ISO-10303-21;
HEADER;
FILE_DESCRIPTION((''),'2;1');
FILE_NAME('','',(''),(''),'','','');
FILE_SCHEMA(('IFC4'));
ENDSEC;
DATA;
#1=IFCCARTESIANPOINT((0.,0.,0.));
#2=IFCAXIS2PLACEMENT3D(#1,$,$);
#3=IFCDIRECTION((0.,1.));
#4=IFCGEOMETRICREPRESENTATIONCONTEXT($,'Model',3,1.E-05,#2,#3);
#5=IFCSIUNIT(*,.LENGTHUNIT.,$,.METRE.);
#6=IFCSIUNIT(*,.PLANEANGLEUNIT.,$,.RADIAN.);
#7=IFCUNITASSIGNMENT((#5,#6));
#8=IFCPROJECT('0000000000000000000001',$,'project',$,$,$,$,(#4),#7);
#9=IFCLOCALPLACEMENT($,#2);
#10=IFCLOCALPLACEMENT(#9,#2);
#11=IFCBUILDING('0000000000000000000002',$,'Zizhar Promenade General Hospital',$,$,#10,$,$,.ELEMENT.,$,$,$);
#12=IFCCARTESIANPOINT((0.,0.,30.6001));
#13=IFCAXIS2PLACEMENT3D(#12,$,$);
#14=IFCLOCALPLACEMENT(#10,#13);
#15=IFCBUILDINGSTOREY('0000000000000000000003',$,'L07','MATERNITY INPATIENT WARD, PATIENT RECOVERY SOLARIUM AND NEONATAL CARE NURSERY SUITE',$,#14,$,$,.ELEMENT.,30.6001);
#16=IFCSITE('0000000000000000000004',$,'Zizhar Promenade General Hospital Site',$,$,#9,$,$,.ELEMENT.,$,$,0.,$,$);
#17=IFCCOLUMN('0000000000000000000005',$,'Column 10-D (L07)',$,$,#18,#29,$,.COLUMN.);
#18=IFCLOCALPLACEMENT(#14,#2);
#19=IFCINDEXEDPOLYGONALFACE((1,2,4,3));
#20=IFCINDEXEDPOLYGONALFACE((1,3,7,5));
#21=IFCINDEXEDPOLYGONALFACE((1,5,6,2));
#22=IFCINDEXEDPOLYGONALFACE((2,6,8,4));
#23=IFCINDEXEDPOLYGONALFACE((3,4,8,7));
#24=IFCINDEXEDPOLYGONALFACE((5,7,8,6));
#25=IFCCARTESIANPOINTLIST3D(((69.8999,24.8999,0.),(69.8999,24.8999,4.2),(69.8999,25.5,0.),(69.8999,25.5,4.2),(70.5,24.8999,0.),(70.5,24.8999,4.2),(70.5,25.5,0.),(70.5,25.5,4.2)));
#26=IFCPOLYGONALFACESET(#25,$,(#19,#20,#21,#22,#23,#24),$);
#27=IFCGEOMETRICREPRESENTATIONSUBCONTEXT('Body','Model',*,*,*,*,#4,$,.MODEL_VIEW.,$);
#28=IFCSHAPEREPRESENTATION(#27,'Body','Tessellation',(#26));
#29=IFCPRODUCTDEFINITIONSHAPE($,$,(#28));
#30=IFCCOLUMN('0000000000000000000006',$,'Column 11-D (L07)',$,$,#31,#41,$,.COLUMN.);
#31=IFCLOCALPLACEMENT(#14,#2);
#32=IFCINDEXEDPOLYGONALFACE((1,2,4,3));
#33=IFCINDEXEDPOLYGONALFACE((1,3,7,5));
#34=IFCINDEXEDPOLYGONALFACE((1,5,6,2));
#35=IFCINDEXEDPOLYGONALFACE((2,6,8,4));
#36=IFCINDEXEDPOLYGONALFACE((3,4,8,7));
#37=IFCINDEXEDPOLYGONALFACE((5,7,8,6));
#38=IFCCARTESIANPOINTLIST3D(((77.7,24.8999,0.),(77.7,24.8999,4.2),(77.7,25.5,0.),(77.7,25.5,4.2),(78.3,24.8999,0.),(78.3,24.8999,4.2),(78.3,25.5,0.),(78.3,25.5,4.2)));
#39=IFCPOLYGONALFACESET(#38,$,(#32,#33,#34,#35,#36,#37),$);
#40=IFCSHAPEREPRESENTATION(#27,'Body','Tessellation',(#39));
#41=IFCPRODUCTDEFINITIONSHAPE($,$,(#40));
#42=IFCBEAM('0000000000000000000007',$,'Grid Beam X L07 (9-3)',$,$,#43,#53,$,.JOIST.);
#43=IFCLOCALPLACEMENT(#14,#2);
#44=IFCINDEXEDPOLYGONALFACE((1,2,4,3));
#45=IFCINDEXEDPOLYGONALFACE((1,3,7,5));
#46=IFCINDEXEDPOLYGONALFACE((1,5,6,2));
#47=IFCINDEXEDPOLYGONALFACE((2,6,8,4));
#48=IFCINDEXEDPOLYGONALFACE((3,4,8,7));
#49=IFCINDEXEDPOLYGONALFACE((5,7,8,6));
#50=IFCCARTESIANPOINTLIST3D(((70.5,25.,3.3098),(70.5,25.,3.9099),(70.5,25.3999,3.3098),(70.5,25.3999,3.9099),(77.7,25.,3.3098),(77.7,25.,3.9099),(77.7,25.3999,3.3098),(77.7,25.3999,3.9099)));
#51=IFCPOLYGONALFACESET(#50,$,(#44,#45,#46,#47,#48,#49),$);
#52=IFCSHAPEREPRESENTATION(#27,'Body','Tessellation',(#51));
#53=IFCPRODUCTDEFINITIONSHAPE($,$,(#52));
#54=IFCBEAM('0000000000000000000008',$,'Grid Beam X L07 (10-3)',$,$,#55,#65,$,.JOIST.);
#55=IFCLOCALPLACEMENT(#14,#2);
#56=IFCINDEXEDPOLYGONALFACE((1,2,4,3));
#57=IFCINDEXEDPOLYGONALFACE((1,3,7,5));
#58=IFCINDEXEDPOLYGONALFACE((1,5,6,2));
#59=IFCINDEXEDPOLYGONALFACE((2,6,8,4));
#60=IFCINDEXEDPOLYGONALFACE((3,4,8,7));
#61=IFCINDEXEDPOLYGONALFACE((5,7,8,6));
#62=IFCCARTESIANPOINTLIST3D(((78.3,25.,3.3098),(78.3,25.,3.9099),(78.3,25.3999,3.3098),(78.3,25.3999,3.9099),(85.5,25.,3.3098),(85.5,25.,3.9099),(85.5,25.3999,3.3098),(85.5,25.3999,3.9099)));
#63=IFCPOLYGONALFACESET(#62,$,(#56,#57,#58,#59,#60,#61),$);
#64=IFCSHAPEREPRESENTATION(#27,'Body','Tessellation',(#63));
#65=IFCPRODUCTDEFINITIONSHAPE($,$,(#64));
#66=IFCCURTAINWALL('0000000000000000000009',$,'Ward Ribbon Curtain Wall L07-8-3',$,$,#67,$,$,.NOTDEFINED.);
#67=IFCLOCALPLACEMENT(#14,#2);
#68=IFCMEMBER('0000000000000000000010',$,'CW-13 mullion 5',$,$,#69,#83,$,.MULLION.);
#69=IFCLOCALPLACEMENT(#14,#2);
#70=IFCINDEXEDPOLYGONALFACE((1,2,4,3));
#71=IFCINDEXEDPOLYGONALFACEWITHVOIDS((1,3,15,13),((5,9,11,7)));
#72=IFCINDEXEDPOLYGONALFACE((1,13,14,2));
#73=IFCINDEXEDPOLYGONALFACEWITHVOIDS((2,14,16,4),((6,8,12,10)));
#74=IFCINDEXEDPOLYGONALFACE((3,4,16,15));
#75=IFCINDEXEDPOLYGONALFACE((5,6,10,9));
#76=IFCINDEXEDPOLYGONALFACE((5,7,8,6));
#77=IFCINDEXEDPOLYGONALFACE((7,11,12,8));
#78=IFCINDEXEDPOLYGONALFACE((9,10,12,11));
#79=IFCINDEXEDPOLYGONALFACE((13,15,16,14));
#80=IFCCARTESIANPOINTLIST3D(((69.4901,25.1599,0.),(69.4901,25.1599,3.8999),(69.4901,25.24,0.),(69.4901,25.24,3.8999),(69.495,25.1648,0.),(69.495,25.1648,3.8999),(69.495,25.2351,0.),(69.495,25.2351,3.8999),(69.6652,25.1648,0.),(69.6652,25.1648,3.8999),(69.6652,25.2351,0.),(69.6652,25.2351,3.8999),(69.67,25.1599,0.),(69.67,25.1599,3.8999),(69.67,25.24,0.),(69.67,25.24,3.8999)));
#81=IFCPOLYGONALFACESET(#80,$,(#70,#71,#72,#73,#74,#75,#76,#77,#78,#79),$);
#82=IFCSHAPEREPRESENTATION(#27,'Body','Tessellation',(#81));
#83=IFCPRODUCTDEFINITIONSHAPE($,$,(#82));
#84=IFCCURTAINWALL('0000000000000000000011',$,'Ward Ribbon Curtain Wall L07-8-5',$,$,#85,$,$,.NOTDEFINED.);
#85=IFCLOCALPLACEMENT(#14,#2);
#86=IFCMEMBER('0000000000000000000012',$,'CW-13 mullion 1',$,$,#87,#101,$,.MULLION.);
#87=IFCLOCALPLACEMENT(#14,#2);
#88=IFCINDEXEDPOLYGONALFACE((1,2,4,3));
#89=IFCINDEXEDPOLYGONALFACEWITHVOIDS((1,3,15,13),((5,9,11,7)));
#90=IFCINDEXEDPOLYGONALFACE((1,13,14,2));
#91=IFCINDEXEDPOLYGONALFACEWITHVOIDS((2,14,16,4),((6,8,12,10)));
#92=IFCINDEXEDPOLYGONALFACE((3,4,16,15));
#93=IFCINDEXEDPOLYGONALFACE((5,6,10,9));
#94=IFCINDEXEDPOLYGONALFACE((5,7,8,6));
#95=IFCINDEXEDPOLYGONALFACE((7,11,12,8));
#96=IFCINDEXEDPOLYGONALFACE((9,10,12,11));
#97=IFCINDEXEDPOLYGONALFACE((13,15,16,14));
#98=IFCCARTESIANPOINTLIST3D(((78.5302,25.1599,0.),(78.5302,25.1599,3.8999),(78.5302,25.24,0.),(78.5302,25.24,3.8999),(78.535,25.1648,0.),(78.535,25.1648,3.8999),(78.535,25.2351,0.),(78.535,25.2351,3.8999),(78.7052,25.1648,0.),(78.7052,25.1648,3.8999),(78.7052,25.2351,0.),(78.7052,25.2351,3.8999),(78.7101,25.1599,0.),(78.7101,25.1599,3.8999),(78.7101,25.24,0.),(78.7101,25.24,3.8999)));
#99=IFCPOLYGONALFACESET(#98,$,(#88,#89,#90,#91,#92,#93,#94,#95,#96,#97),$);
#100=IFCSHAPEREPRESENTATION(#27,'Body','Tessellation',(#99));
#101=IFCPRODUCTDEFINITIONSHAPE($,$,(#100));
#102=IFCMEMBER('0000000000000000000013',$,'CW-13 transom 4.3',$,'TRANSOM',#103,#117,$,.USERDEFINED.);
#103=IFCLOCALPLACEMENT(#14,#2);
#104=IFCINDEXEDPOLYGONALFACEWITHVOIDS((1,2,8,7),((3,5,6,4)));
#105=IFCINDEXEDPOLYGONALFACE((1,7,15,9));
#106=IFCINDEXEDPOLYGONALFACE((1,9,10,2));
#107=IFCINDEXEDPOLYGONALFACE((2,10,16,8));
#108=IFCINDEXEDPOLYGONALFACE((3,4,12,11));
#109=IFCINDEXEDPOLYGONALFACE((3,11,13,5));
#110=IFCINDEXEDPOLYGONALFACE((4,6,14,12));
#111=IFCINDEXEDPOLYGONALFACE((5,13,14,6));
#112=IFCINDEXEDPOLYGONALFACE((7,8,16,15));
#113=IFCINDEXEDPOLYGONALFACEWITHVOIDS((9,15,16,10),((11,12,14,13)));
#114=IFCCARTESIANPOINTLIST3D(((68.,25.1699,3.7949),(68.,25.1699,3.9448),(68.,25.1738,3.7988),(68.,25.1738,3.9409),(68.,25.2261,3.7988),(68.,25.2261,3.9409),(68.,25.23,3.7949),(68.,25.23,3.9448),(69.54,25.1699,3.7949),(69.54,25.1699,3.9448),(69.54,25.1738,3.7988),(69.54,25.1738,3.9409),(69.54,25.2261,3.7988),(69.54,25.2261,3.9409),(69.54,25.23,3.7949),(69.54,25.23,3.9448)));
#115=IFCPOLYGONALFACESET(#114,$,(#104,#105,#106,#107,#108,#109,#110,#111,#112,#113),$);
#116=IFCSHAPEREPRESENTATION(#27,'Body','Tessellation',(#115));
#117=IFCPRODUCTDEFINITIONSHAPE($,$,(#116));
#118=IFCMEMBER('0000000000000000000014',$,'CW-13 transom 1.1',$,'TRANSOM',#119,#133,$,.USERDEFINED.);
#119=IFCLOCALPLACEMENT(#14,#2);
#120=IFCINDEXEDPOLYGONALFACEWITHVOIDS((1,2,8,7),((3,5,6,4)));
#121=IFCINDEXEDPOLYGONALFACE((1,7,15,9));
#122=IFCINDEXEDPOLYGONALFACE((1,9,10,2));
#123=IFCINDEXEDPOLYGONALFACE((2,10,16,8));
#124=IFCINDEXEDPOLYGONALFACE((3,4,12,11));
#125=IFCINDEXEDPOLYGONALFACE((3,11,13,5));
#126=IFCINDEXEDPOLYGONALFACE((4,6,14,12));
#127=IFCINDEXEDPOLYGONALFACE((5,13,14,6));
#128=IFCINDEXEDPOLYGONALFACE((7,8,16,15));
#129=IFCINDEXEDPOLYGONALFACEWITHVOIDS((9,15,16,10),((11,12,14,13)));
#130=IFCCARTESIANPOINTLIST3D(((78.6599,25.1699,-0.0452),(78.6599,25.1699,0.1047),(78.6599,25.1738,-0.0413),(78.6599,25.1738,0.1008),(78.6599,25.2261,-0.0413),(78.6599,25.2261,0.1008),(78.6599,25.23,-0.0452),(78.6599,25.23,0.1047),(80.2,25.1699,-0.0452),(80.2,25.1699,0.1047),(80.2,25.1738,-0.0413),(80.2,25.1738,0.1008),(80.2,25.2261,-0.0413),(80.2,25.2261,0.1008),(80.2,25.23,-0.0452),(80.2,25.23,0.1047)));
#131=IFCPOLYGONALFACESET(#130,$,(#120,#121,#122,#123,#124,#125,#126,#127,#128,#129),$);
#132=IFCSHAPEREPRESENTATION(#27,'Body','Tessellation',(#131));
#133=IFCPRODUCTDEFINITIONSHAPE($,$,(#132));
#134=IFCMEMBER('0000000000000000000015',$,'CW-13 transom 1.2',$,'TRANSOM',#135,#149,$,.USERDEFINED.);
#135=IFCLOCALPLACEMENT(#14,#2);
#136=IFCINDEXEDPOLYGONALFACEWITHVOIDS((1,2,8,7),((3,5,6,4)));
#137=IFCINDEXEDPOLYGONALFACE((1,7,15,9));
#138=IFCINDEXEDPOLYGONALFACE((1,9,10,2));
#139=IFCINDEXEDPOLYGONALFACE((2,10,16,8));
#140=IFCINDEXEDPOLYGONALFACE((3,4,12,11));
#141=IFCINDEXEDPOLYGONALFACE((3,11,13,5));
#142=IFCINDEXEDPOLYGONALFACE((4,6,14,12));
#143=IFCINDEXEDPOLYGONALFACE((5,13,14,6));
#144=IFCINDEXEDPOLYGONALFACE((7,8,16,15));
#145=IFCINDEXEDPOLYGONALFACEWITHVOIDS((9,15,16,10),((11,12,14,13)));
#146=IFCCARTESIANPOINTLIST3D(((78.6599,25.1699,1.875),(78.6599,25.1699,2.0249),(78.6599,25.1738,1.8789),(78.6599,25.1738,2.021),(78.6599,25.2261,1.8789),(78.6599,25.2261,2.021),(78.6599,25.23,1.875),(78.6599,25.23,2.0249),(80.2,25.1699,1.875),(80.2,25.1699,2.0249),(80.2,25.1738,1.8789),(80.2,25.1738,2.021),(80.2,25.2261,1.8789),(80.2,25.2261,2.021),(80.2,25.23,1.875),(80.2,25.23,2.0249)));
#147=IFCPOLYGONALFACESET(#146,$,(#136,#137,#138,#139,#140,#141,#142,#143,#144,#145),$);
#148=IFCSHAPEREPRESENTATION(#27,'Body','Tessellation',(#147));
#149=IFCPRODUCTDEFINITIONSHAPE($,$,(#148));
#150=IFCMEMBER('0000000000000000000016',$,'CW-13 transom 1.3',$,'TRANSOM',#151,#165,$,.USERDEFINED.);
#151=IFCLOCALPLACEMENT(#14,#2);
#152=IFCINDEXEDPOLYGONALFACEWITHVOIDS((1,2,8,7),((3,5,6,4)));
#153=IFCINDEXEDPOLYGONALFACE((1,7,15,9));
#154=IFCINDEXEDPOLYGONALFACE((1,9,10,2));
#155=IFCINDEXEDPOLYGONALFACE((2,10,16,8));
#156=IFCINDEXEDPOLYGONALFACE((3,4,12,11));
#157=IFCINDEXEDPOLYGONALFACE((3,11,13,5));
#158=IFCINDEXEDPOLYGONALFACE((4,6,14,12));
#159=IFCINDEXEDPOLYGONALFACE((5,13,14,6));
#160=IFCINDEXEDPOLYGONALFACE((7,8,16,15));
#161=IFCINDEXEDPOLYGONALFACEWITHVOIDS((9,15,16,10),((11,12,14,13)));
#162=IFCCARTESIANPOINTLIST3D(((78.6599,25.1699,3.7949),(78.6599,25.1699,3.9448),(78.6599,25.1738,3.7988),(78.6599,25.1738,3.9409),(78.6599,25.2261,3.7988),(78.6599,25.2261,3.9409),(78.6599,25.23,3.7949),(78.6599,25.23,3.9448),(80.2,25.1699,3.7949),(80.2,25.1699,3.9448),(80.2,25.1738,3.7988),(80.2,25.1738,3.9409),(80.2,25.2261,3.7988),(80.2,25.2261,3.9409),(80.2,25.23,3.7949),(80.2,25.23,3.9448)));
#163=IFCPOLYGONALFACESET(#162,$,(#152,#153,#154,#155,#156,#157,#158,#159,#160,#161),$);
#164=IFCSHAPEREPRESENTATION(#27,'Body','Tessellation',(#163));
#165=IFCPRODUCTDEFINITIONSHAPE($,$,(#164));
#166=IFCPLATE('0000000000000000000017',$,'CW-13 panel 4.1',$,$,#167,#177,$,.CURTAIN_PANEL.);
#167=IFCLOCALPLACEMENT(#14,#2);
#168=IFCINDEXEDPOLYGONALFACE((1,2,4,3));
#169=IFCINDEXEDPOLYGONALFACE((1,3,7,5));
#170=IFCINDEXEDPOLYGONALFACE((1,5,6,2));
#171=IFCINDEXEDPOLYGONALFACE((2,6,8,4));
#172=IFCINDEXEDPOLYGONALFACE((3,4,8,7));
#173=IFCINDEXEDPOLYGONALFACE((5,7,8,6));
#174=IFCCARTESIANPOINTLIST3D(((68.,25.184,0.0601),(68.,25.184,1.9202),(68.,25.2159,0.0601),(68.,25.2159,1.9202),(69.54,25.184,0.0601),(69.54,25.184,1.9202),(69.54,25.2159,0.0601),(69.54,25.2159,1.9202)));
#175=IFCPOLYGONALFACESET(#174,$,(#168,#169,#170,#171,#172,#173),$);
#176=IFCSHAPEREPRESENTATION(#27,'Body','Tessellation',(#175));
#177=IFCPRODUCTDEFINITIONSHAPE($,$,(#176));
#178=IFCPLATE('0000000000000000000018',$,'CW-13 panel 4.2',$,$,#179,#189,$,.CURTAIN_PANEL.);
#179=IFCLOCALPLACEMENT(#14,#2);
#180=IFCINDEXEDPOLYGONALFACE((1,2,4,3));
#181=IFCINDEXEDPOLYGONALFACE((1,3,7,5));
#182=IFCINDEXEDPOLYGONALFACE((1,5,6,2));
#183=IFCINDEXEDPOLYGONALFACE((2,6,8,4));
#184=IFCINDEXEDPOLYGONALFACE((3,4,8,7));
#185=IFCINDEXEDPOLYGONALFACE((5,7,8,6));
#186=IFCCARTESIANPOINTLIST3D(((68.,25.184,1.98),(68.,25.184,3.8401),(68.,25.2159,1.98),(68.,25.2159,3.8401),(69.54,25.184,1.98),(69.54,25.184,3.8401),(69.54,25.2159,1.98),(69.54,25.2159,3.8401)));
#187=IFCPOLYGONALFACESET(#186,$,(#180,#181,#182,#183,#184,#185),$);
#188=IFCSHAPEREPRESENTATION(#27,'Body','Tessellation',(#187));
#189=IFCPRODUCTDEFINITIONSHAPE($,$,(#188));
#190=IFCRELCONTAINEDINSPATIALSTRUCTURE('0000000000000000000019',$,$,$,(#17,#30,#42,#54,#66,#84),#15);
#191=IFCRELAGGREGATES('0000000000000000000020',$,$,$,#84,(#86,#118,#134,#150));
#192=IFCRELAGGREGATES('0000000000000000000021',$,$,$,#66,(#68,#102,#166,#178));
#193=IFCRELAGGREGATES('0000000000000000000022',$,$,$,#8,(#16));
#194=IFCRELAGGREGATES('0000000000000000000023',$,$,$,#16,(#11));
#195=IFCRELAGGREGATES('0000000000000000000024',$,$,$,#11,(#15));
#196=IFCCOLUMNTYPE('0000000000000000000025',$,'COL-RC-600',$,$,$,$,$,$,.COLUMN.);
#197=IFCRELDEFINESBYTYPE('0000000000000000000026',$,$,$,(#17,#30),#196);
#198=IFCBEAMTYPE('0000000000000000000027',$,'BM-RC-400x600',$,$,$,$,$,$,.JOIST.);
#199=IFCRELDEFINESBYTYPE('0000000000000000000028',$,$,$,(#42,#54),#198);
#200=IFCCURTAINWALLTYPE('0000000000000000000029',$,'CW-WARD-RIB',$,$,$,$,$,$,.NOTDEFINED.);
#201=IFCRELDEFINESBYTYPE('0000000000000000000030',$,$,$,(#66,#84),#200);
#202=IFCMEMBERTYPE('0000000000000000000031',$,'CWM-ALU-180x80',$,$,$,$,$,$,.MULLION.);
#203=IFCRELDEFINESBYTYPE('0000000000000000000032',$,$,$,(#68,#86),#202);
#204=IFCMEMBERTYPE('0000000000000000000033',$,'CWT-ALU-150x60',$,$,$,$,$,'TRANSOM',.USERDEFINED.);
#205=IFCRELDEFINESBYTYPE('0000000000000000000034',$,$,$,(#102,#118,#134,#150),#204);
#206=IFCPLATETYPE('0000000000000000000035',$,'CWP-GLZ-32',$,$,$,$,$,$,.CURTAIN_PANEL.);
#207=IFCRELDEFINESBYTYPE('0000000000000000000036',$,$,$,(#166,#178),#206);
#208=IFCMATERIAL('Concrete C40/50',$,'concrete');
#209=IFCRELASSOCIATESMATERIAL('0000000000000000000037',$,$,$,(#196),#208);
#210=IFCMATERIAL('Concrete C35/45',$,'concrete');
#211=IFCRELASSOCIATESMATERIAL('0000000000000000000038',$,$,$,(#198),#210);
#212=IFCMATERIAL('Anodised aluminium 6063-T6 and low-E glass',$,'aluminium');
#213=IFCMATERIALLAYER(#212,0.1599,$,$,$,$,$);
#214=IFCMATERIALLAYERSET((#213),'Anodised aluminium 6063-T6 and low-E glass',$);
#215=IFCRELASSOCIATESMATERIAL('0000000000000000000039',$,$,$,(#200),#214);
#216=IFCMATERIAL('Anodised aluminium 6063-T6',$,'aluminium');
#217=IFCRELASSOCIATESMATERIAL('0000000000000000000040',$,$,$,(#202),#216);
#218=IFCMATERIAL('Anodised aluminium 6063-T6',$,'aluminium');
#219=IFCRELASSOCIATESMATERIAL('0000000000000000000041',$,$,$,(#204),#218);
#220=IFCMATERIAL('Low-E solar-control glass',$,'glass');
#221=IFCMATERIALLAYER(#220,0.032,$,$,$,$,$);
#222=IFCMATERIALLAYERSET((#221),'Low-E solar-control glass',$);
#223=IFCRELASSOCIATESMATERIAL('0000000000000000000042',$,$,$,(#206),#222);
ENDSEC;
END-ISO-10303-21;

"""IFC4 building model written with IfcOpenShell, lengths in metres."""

from ifc_helpers import new_model, si_unit, direction, frame, origin, origin_2d, place, context, subcontext, project, spatial, rectangle, hollow_rectangle, extrude, material, layer, layer_set, material_profile, profile_set, type_object, element, aggregate, save


model = new_model("IFC4")

# Units and contexts
model_context = context("Model", 3, precision=1e-05, world=origin(), true_north=direction((0.0, 1.0)))
body_context = subcontext(model_context, "Body", "Model", "MODEL_VIEW")
ifc_project = project(units=[si_unit("LENGTHUNIT", "METRE"), si_unit("PLANEANGLEUNIT", "RADIAN")], contexts=[model_context])

# Site, building, storey
site_placement = place(None, origin())
site = spatial("IfcSite", under=ifc_project, at=site_placement, Name="Zizhar Promenade General Hospital Site", CompositionType="ELEMENT", RefElevation=0.0)
building_placement = place(site_placement, origin())
building = spatial("IfcBuilding", under=site, at=building_placement, Name="Zizhar Promenade General Hospital", CompositionType="ELEMENT")
storey_placement = place(building_placement, frame((0.0, 0.0, 30.6001)))
storey = spatial("IfcBuildingStorey", under=building, at=storey_placement, Name="L07", Description="MATERNITY INPATIENT WARD, PATIENT RECOVERY SOLARIUM AND NEONATAL CARE NURSERY SUITE", CompositionType="ELEMENT", Elevation=30.6001)

# Columns
ifc_material_1 = material(Name="Concrete C40/50", Category="concrete")
ifc_material_profile_1 = material_profile(ifc_material_1, rectangle(XDim=0.6001, YDim=0.6001, at=origin_2d()))
ifc_profile_set_1 = profile_set([ifc_material_profile_1], Name="Concrete C40/50")
column_type = type_object("IfcColumnType", Name="COL-RC-600", PredefinedType="COLUMN", material=ifc_profile_set_1)
for number, where, z_axis, x_axis, name in (
    (1, (70.2, 25.2, 0.0), (0.0, 0.0, 1.0), (1.0, 0.0, 0.0), "Column 10-D (L07)"),
    (2, (78.0, 25.2, 0.0), (0.0, 0.0, 1.0), (1.0, 0.0, 0.0), "Column 11-D (L07)"),
):
    element("IfcColumn", number, at=place(storey_placement, frame(where, z_axis=z_axis, x_axis=x_axis)), inside=storey, type_object=column_type, Name=name, PredefinedType="COLUMN", context=body_context, shape_type="SweptSolid", body=[
        extrude(rectangle(XDim=0.6001, YDim=0.6001, at=origin_2d()), origin(), (0.0, 0.0, 1.0), 4.2),
    ])

# Beams
ifc_material_2 = material(Name="Concrete C35/45", Category="concrete")
ifc_material_profile_2 = material_profile(ifc_material_2, rectangle(XDim=0.3999, YDim=0.6001, at=origin_2d()))
ifc_profile_set_2 = profile_set([ifc_material_profile_2], Name="Concrete C35/45")
beam_type = type_object("IfcBeamType", Name="BM-RC-400x600", PredefinedType="JOIST", material=ifc_profile_set_2)
for number, where, z_axis, x_axis, name in (
    (3, (70.5, 25.2, 3.6099), (1.0, 0.0, 0.0), (0.0, 1.0, 0.0), "Grid Beam X L07 (9-3)"),
    (4, (78.3, 25.2, 3.6099), (1.0, 0.0, 0.0), (0.0, 1.0, 0.0), "Grid Beam X L07 (10-3)"),
):
    element("IfcBeam", number, at=place(storey_placement, frame(where, z_axis=z_axis, x_axis=x_axis)), inside=storey, type_object=beam_type, Name=name, PredefinedType="JOIST", context=body_context, shape_type="SweptSolid", body=[
        extrude(rectangle(XDim=0.3999, YDim=0.6001, at=origin_2d()), origin(), (0.0, 0.0, 1.0), 7.2),
    ])

# Curtain walls, members
ifc_material_3 = material(Name="Anodised aluminium 6063-T6 and low-E glass", Category="aluminium")
ifc_layer_1 = layer(ifc_material_3, 0.1599)
ifc_layer_set_1 = layer_set([ifc_layer_1], Name="Anodised aluminium 6063-T6 and low-E glass")
curtain_wall_type = type_object("IfcCurtainWallType", Name="CW-WARD-RIB", PredefinedType="NOTDEFINED", material=ifc_layer_set_1)
curtain_wall_1_placement = place(storey_placement, origin())
curtain_wall_1 = element("IfcCurtainWall", 5, at=curtain_wall_1_placement, inside=storey, type_object=curtain_wall_type, Name="Ward Ribbon Curtain Wall L07-8-3", PredefinedType="NOTDEFINED")
ifc_material_4 = material(Name="Anodised aluminium 6063-T6", Category="aluminium")
ifc_material_profile_3 = material_profile(ifc_material_4, hollow_rectangle(XDim=0.0801, YDim=0.1799, WallThickness=0.0049, at=origin_2d()))
ifc_profile_set_3 = profile_set([ifc_material_profile_3], Name="Anodised aluminium 6063-T6")
member_type_1 = type_object("IfcMemberType", Name="CWM-ALU-180x80", PredefinedType="MULLION", material=ifc_profile_set_3)
member_1_placement = place(storey_placement, frame((69.5801, 25.2, 0.0), z_axis=(0.0, 0.0, 1.0), x_axis=(0.0, 1.0, 0.0)))
member_1 = element("IfcMember", 6, at=member_1_placement, type_object=member_type_1, Name="CW-13 mullion 5", PredefinedType="MULLION", context=body_context, shape_type="SweptSolid", body=[
    extrude(hollow_rectangle(XDim=0.0801, YDim=0.1799, WallThickness=0.0049, at=origin_2d()), origin(), (0.0, 0.0, 1.0), 3.8999),
])
curtain_wall_2_placement = place(storey_placement, origin())
curtain_wall_2 = element("IfcCurtainWall", 7, at=curtain_wall_2_placement, inside=storey, type_object=curtain_wall_type, Name="Ward Ribbon Curtain Wall L07-8-5", PredefinedType="NOTDEFINED")
member_2_placement = place(storey_placement, frame((78.6201, 25.2, 0.0), z_axis=(0.0, 0.0, 1.0), x_axis=(0.0, 1.0, 0.0)))
member_2 = element("IfcMember", 8, at=member_2_placement, type_object=member_type_1, Name="CW-13 mullion 1", PredefinedType="MULLION", context=body_context, shape_type="SweptSolid", body=[
    extrude(hollow_rectangle(XDim=0.0801, YDim=0.1799, WallThickness=0.0049, at=origin_2d()), origin(), (0.0, 0.0, 1.0), 3.8999),
])

# Members
ifc_material_5 = material(Name="Anodised aluminium 6063-T6", Category="aluminium")
ifc_material_profile_4 = material_profile(ifc_material_5, hollow_rectangle(XDim=0.0601, YDim=0.1499, WallThickness=0.0039, at=origin_2d()))
ifc_profile_set_4 = profile_set([ifc_material_profile_4], Name="Anodised aluminium 6063-T6")
member_type_2 = type_object("IfcMemberType", Name="CWT-ALU-150x60", ElementType="TRANSOM", PredefinedType="USERDEFINED", material=ifc_profile_set_4)
member_3_placement = place(storey_placement, frame((68.0, 25.2, 3.8699), z_axis=(1.0, 0.0, 0.0), x_axis=(0.0, 1.0, 0.0)))
member_3 = element("IfcMember", 9, at=member_3_placement, type_object=member_type_2, Name="CW-13 transom 4.3", ObjectType="TRANSOM", PredefinedType="USERDEFINED", context=body_context, shape_type="SweptSolid", body=[
    extrude(hollow_rectangle(XDim=0.0601, YDim=0.1499, WallThickness=0.0039, at=origin_2d()), origin(), (0.0, 0.0, 1.0), 1.54),
])
member_4_placement = place(storey_placement, frame((78.6599, 25.2, 0.0298), z_axis=(1.0, 0.0, 0.0), x_axis=(0.0, 1.0, 0.0)))
member_4 = element("IfcMember", 10, at=member_4_placement, type_object=member_type_2, Name="CW-13 transom 1.1", ObjectType="TRANSOM", PredefinedType="USERDEFINED", context=body_context, shape_type="SweptSolid", body=[
    extrude(hollow_rectangle(XDim=0.0601, YDim=0.1499, WallThickness=0.0039, at=origin_2d()), origin(), (0.0, 0.0, 1.0), 1.54),
])
member_5_placement = place(storey_placement, frame((78.6599, 25.2, 1.95), z_axis=(1.0, 0.0, 0.0), x_axis=(0.0, 1.0, 0.0)))
member_5 = element("IfcMember", 11, at=member_5_placement, type_object=member_type_2, Name="CW-13 transom 1.2", ObjectType="TRANSOM", PredefinedType="USERDEFINED", context=body_context, shape_type="SweptSolid", body=[
    extrude(hollow_rectangle(XDim=0.0601, YDim=0.1499, WallThickness=0.0039, at=origin_2d()), origin(), (0.0, 0.0, 1.0), 1.54),
])
member_6_placement = place(storey_placement, frame((78.6599, 25.2, 3.8699), z_axis=(1.0, 0.0, 0.0), x_axis=(0.0, 1.0, 0.0)))
member_6 = element("IfcMember", 12, at=member_6_placement, type_object=member_type_2, Name="CW-13 transom 1.3", ObjectType="TRANSOM", PredefinedType="USERDEFINED", context=body_context, shape_type="SweptSolid", body=[
    extrude(hollow_rectangle(XDim=0.0601, YDim=0.1499, WallThickness=0.0039, at=origin_2d()), origin(), (0.0, 0.0, 1.0), 1.54),
])
aggregate(curtain_wall_2, [member_2, member_4, member_5, member_6])

# Plates
ifc_material_6 = material(Name="Low-E solar-control glass", Category="glass")
ifc_layer_2 = layer(ifc_material_6, 0.032)
ifc_layer_set_2 = layer_set([ifc_layer_2], Name="Low-E solar-control glass")
plate_type = type_object("IfcPlateType", Name="CWP-GLZ-32", PredefinedType="CURTAIN_PANEL", material=ifc_layer_set_2)
plate_1_placement = place(storey_placement, frame((68.77, 25.2, 0.0601), z_axis=(0.0, 0.0, 1.0), x_axis=(1.0, 0.0, 0.0)))
plate_1 = element("IfcPlate", 13, at=plate_1_placement, type_object=plate_type, Name="CW-13 panel 4.1", PredefinedType="CURTAIN_PANEL", context=body_context, shape_type="SweptSolid", body=[
    extrude(rectangle(XDim=1.54, YDim=0.032, at=origin_2d()), origin(), (0.0, 0.0, 1.0), 1.8601),
])
plate_2_placement = place(storey_placement, frame((68.77, 25.2, 1.98), z_axis=(0.0, 0.0, 1.0), x_axis=(1.0, 0.0, 0.0)))
plate_2 = element("IfcPlate", 14, at=plate_2_placement, type_object=plate_type, Name="CW-13 panel 4.2", PredefinedType="CURTAIN_PANEL", context=body_context, shape_type="SweptSolid", body=[
    extrude(rectangle(XDim=1.54, YDim=0.032, at=origin_2d()), origin(), (0.0, 0.0, 1.0), 1.8601),
])
aggregate(curtain_wall_1, [member_1, member_3, plate_1, plate_2])

save(model, "model.ifc")
